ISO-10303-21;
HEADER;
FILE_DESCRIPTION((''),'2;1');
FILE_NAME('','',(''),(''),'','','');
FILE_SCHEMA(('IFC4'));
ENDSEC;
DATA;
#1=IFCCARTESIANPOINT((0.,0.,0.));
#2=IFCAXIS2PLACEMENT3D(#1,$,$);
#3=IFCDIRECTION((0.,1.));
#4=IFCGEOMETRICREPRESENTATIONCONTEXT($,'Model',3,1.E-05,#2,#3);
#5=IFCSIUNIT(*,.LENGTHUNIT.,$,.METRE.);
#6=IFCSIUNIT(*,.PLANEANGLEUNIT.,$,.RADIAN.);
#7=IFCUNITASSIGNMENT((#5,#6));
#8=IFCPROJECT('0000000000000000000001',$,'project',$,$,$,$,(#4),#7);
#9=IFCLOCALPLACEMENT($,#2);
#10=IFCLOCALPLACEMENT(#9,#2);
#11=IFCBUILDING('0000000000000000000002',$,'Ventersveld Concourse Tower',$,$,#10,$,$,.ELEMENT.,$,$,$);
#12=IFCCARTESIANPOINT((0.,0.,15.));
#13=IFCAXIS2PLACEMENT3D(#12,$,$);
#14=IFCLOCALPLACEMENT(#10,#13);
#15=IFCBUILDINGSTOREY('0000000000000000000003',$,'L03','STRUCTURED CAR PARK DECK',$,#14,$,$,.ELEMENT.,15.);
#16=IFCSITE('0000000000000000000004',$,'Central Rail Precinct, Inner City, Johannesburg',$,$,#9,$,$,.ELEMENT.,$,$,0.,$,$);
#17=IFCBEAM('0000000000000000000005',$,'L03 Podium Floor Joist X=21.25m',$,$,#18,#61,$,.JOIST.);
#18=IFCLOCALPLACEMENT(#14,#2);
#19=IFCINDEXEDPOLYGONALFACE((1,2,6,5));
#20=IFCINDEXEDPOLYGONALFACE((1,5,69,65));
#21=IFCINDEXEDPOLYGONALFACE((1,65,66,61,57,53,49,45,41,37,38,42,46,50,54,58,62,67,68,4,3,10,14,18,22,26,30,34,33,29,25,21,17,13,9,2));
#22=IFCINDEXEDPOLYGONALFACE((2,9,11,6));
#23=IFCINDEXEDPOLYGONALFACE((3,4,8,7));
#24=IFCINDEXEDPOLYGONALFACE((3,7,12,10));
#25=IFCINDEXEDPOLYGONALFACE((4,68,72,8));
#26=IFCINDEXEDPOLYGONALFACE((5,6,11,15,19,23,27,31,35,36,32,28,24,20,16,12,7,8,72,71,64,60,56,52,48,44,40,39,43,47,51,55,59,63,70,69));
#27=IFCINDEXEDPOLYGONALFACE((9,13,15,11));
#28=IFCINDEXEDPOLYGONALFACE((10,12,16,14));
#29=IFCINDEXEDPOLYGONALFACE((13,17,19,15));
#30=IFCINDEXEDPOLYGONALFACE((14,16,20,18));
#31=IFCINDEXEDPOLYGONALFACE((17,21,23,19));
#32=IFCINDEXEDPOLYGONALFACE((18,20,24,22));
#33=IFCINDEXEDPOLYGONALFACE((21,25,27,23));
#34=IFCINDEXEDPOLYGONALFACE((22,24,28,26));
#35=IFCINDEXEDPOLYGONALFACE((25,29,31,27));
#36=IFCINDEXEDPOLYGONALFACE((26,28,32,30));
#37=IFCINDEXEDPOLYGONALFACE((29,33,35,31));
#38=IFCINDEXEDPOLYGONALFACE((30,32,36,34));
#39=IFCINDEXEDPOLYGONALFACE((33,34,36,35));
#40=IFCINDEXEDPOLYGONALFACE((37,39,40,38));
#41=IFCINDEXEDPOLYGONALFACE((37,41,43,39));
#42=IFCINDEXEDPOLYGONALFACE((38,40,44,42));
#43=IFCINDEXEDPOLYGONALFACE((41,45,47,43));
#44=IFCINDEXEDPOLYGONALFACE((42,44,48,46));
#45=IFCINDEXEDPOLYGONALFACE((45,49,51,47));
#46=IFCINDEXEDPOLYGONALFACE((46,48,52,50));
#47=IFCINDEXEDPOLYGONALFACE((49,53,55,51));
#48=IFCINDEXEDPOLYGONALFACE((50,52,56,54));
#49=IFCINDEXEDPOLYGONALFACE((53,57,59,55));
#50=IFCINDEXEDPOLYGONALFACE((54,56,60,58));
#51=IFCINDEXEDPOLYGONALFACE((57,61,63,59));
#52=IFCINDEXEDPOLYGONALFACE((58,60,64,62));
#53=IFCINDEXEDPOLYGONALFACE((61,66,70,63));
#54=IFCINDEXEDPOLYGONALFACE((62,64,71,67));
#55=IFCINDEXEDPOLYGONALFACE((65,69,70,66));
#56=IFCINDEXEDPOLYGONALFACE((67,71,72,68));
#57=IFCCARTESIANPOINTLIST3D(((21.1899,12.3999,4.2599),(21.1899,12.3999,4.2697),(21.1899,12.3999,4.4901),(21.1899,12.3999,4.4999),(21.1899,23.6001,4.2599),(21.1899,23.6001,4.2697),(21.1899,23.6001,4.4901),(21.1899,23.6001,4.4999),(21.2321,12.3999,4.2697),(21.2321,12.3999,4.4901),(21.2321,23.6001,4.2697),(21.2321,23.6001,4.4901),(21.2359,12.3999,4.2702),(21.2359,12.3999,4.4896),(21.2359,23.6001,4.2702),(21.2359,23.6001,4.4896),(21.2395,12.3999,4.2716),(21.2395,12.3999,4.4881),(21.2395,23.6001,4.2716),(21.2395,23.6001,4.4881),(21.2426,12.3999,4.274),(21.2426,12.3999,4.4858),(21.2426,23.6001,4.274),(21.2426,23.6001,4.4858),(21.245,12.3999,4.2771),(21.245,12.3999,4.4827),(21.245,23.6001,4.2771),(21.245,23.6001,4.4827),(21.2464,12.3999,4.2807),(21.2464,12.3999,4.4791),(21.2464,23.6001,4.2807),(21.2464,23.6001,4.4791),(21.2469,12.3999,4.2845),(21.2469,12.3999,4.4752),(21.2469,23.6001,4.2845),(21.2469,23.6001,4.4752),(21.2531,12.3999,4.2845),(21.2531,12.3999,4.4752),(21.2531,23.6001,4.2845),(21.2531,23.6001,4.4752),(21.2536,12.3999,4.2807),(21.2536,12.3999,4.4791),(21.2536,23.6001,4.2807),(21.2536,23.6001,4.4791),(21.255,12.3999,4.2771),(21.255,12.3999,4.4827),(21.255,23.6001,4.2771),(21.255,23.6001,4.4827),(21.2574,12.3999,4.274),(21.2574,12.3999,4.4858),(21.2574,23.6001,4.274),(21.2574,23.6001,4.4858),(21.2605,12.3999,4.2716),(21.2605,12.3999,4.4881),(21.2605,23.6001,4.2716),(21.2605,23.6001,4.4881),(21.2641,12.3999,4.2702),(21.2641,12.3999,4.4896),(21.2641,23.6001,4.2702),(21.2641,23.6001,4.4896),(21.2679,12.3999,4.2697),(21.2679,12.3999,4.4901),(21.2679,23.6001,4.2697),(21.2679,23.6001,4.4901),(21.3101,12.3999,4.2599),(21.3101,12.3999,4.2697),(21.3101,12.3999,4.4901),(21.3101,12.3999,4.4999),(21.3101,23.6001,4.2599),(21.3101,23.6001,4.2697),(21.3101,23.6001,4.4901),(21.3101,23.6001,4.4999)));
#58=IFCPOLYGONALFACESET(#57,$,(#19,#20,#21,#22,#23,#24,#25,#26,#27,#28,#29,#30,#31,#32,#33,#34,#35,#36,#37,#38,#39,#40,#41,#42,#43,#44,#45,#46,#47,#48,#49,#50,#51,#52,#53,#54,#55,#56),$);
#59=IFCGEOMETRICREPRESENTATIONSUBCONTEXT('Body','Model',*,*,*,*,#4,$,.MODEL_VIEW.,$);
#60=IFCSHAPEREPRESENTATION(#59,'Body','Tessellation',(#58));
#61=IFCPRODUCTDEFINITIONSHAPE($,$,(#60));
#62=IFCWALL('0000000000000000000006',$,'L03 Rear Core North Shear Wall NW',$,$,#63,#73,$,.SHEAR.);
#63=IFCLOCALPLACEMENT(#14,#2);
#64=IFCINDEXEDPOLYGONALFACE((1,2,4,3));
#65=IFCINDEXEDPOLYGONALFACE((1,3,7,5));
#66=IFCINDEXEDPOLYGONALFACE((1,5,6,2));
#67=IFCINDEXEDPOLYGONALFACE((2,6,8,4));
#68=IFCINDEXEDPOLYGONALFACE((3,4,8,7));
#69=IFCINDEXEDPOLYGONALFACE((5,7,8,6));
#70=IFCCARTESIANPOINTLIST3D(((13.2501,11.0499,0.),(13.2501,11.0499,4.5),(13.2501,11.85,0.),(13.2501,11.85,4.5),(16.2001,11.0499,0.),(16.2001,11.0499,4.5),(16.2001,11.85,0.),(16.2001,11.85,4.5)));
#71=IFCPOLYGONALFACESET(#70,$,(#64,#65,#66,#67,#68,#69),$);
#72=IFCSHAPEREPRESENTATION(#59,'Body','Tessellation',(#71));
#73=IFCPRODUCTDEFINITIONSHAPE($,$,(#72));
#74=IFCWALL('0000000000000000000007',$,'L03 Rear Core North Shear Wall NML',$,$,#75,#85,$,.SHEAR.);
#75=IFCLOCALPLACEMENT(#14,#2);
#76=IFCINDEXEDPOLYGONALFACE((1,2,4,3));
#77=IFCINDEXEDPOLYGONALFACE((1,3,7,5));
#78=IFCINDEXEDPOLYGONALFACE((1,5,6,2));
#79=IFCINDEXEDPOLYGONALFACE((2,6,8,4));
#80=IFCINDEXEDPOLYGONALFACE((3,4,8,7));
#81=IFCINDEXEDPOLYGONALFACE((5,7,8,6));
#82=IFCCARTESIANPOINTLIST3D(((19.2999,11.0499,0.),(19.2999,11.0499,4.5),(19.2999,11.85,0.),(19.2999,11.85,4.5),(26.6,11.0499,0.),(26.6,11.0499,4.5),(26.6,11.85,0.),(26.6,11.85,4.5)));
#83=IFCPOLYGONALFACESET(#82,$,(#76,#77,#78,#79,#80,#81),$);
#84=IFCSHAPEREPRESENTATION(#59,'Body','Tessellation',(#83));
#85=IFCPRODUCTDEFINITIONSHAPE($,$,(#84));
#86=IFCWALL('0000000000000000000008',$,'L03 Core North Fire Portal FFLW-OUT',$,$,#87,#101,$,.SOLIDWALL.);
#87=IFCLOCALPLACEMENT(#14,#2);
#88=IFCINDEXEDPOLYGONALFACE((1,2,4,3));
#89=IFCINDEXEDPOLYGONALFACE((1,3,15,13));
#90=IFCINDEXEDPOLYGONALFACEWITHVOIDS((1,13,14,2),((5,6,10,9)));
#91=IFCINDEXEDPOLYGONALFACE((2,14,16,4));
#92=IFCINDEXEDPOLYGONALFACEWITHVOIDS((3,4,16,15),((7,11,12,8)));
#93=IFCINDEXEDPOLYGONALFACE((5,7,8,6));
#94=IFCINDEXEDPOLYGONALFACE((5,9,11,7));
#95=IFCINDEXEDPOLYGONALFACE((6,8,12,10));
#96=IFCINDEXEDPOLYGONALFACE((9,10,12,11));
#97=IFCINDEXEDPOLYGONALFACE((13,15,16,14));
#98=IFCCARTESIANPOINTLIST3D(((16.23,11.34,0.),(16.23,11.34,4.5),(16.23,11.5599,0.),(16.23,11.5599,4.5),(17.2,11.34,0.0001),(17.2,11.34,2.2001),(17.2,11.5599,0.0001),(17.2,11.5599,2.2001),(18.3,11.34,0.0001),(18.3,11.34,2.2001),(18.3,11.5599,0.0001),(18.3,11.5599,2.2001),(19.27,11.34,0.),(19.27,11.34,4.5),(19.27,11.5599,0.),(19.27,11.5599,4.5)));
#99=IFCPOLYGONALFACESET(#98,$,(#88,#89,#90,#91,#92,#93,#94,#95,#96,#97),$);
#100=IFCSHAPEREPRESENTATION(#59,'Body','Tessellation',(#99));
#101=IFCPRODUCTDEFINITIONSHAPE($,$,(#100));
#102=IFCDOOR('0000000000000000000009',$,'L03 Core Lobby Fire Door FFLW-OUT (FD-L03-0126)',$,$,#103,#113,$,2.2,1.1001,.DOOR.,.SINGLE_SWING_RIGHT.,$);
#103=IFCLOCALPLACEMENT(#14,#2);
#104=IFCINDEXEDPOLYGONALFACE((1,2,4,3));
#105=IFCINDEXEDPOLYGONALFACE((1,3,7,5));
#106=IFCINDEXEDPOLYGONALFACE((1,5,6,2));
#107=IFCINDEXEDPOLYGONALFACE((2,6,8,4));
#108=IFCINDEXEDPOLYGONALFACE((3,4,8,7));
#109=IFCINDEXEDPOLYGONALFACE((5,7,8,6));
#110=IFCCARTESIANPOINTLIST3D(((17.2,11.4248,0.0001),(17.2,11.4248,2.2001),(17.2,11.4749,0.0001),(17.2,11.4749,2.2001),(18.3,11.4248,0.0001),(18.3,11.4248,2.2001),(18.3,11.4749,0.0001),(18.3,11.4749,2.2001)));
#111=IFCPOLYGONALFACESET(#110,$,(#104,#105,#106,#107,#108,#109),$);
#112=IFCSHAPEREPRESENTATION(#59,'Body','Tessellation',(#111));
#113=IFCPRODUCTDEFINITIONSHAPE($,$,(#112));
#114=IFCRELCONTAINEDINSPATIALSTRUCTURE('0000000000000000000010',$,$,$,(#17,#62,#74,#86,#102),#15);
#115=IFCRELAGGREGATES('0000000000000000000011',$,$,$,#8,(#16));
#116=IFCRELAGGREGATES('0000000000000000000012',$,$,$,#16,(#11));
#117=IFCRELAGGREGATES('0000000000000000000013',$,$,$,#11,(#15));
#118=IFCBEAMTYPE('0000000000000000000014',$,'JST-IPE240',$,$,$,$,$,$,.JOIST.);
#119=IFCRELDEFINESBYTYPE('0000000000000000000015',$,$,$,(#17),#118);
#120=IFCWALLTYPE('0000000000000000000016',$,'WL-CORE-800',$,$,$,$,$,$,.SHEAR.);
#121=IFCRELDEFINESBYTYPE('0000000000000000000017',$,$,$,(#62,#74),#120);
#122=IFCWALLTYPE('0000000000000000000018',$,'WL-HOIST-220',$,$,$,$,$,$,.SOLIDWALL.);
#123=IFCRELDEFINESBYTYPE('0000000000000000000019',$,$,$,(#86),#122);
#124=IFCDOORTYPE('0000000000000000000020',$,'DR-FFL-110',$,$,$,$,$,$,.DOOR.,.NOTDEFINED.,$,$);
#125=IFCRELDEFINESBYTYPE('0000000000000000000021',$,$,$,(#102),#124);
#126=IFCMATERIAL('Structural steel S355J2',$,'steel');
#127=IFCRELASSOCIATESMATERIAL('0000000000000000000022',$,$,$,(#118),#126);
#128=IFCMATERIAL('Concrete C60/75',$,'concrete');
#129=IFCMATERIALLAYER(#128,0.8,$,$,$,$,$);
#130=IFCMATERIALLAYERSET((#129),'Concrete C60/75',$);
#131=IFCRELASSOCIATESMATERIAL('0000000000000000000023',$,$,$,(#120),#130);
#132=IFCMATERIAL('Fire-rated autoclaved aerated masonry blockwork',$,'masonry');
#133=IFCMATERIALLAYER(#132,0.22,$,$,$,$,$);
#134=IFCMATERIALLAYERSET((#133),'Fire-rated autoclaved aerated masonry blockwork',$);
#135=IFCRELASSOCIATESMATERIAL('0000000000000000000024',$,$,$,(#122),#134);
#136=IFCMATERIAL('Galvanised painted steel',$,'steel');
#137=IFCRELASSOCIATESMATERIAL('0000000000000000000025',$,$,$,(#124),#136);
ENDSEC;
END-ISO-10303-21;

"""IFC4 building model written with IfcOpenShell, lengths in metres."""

from ifc_helpers import new_model, si_unit, direction, frame, frame_2d, origin, origin_2d, place, context, subcontext, project, spatial, rectangle, i_section, extrude, material, layer, layer_set, material_profile, profile_set, type_object, element, fill, save


model = new_model("IFC4")

# Units and contexts
model_context = context("Model", 3, precision=1e-05, world=origin(), true_north=direction((0.0, 1.0)))
body_context = subcontext(model_context, "Body", "Model", "MODEL_VIEW")
ifc_project = project(units=[si_unit("LENGTHUNIT", "METRE"), si_unit("PLANEANGLEUNIT", "RADIAN")], contexts=[model_context])

# Site, building, storey
site_placement = place(None, origin())
site = spatial("IfcSite", under=ifc_project, at=site_placement, Name="Central Rail Precinct, Inner City, Johannesburg", CompositionType="ELEMENT", RefElevation=0.0)
building_placement = place(site_placement, origin())
building = spatial("IfcBuilding", under=site, at=building_placement, Name="Ventersveld Concourse Tower", CompositionType="ELEMENT")
storey_placement = place(building_placement, frame((0.0, 0.0, 15.0)))
storey = spatial("IfcBuildingStorey", under=building, at=storey_placement, Name="L03", Description="STRUCTURED CAR PARK DECK", CompositionType="ELEMENT", Elevation=15.0)

# Shared definitions
ifc_material_1 = material(Name="Concrete C60/75", Category="concrete")

# Beam
ifc_material_2 = material(Name="Structural steel S355J2", Category="steel")
ifc_material_profile_1 = material_profile(ifc_material_2, i_section(OverallWidth=0.1201, OverallDepth=0.24, WebThickness=0.0061, FlangeThickness=0.0098, FilletRadius=0.0149, at=origin_2d()), Name="IPE 240")
ifc_profile_set_1 = profile_set([ifc_material_profile_1], Name="Structural steel S355J2")
beam_type_1 = type_object("IfcBeamType", Name="JST-IPE240", PredefinedType="JOIST", material=ifc_profile_set_1)
for number, where, z_axis, x_axis, name in (
    (1, (21.25, 12.3999, 4.3799), (0.0, 1.0, 0.0), (-1.0, 0.0, 0.0), "L03 Podium Floor Joist X=21.25m"),
):
    element("IfcBeam", number, at=place(storey_placement, frame(where, z_axis=z_axis, x_axis=x_axis)), inside=storey, type_object=beam_type_1, Name=name, PredefinedType="JOIST", context=body_context, shape_type="SweptSolid", body=[
        extrude(i_section(OverallWidth=0.1201, OverallDepth=0.24, WebThickness=0.0061, FlangeThickness=0.0098, FilletRadius=0.0149, at=origin_2d()), origin(), (0.0, 0.0, 1.0), 11.2002),
    ])

# Walls
ifc_layer_1 = layer(ifc_material_1, 0.8)
ifc_layer_set_1 = layer_set([ifc_layer_1], Name="Concrete C60/75")
wall_type_1 = type_object("IfcWallType", Name="WL-CORE-800", PredefinedType="SHEAR", material=ifc_layer_set_1)
wall_1_placement = place(storey_placement, frame((13.25, 11.45, 0.0), z_axis=(0.0, 0.0, 1.0), x_axis=(1.0, 0.0, 0.0)))
element("IfcWall", 2, at=wall_1_placement, inside=storey, type_object=wall_type_1, Name="L03 Rear Core North Shear Wall NW", PredefinedType="SHEAR", context=body_context, shape_type="SweptSolid", body=[
    extrude(rectangle(XDim=2.95, YDim=0.8, at=frame_2d((1.4751, 0.0))), origin(), (0.0, 0.0, 1.0), 4.5),
])
wall_2_placement = place(storey_placement, frame((19.3, 11.45, 0.0), z_axis=(0.0, 0.0, 1.0), x_axis=(1.0, 0.0, 0.0)))
element("IfcWall", 3, at=wall_2_placement, inside=storey, type_object=wall_type_1, Name="L03 Rear Core North Shear Wall NML", PredefinedType="SHEAR", context=body_context, shape_type="SweptSolid", body=[
    extrude(rectangle(XDim=7.3, YDim=0.8, at=frame_2d((3.6499, 0.0))), origin(), (0.0, 0.0, 1.0), 4.5),
])

# Wall, opening, door
ifc_material_3 = material(Name="Fire-rated autoclaved aerated masonry blockwork", Category="masonry")
ifc_layer_2 = layer(ifc_material_3, 0.22)
ifc_layer_set_2 = layer_set([ifc_layer_2], Name="Fire-rated autoclaved aerated masonry blockwork")
wall_type_2 = type_object("IfcWallType", Name="WL-HOIST-220", PredefinedType="SOLIDWALL", material=ifc_layer_set_2)
wall_3_placement = place(storey_placement, frame((16.23, 11.45, 0.0), z_axis=(0.0, 0.0, 1.0), x_axis=(1.0, 0.0, 0.0)))
wall_3 = element("IfcWall", 4, at=wall_3_placement, inside=storey, type_object=wall_type_2, Name="L03 Core North Fire Portal FFLW-OUT", PredefinedType="SOLIDWALL", context=body_context, shape_type="SweptSolid", body=[
    extrude(rectangle(XDim=3.04, YDim=0.22, at=frame_2d((1.52, 0.0))), origin(), (0.0, 0.0, 1.0), 4.5),
])
opening_placement = place(wall_3_placement, frame((0.97, 0.0, 0.0)))
opening = element("IfcOpeningElement", 5, at=opening_placement, cuts=wall_3, PredefinedType="OPENING", context=body_context, shape_type="SweptSolid", body=[
    extrude(rectangle(XDim=1.1001, YDim=2.2, at=frame_2d((0.55, 1.1001))), frame((0.0, 0.1201, 0.0), z_axis=(0.0, -1.0, 0.0), x_axis=(1.0, 0.0, 0.0)), (0.0, 0.0, 1.0), 0.24),
])
ifc_material_4 = material(Name="Galvanised painted steel", Category="steel")
door_type = type_object("IfcDoorType", Name="DR-FFL-110", OperationType="NOTDEFINED", PredefinedType="DOOR", material=ifc_material_4)
door_placement = place(opening_placement, origin())
door = element("IfcDoor", 6, at=door_placement, inside=storey, type_object=door_type, Name="L03 Core Lobby Fire Door FFLW-OUT (FD-L03-0126)", OperationType="SINGLE_SWING_RIGHT", OverallHeight=2.2, OverallWidth=1.1001, PredefinedType="DOOR", context=body_context, shape_type="SweptSolid", body=[
    extrude(rectangle(XDim=1.1001, YDim=2.2, at=frame_2d((0.55, 1.1001))), frame((0.0, 0.0249, 0.0), z_axis=(0.0, -1.0, 0.0), x_axis=(1.0, 0.0, 0.0)), (0.0, 0.0, 1.0), 0.05),
])
fill(opening, door)

save(model, "model.ifc")
